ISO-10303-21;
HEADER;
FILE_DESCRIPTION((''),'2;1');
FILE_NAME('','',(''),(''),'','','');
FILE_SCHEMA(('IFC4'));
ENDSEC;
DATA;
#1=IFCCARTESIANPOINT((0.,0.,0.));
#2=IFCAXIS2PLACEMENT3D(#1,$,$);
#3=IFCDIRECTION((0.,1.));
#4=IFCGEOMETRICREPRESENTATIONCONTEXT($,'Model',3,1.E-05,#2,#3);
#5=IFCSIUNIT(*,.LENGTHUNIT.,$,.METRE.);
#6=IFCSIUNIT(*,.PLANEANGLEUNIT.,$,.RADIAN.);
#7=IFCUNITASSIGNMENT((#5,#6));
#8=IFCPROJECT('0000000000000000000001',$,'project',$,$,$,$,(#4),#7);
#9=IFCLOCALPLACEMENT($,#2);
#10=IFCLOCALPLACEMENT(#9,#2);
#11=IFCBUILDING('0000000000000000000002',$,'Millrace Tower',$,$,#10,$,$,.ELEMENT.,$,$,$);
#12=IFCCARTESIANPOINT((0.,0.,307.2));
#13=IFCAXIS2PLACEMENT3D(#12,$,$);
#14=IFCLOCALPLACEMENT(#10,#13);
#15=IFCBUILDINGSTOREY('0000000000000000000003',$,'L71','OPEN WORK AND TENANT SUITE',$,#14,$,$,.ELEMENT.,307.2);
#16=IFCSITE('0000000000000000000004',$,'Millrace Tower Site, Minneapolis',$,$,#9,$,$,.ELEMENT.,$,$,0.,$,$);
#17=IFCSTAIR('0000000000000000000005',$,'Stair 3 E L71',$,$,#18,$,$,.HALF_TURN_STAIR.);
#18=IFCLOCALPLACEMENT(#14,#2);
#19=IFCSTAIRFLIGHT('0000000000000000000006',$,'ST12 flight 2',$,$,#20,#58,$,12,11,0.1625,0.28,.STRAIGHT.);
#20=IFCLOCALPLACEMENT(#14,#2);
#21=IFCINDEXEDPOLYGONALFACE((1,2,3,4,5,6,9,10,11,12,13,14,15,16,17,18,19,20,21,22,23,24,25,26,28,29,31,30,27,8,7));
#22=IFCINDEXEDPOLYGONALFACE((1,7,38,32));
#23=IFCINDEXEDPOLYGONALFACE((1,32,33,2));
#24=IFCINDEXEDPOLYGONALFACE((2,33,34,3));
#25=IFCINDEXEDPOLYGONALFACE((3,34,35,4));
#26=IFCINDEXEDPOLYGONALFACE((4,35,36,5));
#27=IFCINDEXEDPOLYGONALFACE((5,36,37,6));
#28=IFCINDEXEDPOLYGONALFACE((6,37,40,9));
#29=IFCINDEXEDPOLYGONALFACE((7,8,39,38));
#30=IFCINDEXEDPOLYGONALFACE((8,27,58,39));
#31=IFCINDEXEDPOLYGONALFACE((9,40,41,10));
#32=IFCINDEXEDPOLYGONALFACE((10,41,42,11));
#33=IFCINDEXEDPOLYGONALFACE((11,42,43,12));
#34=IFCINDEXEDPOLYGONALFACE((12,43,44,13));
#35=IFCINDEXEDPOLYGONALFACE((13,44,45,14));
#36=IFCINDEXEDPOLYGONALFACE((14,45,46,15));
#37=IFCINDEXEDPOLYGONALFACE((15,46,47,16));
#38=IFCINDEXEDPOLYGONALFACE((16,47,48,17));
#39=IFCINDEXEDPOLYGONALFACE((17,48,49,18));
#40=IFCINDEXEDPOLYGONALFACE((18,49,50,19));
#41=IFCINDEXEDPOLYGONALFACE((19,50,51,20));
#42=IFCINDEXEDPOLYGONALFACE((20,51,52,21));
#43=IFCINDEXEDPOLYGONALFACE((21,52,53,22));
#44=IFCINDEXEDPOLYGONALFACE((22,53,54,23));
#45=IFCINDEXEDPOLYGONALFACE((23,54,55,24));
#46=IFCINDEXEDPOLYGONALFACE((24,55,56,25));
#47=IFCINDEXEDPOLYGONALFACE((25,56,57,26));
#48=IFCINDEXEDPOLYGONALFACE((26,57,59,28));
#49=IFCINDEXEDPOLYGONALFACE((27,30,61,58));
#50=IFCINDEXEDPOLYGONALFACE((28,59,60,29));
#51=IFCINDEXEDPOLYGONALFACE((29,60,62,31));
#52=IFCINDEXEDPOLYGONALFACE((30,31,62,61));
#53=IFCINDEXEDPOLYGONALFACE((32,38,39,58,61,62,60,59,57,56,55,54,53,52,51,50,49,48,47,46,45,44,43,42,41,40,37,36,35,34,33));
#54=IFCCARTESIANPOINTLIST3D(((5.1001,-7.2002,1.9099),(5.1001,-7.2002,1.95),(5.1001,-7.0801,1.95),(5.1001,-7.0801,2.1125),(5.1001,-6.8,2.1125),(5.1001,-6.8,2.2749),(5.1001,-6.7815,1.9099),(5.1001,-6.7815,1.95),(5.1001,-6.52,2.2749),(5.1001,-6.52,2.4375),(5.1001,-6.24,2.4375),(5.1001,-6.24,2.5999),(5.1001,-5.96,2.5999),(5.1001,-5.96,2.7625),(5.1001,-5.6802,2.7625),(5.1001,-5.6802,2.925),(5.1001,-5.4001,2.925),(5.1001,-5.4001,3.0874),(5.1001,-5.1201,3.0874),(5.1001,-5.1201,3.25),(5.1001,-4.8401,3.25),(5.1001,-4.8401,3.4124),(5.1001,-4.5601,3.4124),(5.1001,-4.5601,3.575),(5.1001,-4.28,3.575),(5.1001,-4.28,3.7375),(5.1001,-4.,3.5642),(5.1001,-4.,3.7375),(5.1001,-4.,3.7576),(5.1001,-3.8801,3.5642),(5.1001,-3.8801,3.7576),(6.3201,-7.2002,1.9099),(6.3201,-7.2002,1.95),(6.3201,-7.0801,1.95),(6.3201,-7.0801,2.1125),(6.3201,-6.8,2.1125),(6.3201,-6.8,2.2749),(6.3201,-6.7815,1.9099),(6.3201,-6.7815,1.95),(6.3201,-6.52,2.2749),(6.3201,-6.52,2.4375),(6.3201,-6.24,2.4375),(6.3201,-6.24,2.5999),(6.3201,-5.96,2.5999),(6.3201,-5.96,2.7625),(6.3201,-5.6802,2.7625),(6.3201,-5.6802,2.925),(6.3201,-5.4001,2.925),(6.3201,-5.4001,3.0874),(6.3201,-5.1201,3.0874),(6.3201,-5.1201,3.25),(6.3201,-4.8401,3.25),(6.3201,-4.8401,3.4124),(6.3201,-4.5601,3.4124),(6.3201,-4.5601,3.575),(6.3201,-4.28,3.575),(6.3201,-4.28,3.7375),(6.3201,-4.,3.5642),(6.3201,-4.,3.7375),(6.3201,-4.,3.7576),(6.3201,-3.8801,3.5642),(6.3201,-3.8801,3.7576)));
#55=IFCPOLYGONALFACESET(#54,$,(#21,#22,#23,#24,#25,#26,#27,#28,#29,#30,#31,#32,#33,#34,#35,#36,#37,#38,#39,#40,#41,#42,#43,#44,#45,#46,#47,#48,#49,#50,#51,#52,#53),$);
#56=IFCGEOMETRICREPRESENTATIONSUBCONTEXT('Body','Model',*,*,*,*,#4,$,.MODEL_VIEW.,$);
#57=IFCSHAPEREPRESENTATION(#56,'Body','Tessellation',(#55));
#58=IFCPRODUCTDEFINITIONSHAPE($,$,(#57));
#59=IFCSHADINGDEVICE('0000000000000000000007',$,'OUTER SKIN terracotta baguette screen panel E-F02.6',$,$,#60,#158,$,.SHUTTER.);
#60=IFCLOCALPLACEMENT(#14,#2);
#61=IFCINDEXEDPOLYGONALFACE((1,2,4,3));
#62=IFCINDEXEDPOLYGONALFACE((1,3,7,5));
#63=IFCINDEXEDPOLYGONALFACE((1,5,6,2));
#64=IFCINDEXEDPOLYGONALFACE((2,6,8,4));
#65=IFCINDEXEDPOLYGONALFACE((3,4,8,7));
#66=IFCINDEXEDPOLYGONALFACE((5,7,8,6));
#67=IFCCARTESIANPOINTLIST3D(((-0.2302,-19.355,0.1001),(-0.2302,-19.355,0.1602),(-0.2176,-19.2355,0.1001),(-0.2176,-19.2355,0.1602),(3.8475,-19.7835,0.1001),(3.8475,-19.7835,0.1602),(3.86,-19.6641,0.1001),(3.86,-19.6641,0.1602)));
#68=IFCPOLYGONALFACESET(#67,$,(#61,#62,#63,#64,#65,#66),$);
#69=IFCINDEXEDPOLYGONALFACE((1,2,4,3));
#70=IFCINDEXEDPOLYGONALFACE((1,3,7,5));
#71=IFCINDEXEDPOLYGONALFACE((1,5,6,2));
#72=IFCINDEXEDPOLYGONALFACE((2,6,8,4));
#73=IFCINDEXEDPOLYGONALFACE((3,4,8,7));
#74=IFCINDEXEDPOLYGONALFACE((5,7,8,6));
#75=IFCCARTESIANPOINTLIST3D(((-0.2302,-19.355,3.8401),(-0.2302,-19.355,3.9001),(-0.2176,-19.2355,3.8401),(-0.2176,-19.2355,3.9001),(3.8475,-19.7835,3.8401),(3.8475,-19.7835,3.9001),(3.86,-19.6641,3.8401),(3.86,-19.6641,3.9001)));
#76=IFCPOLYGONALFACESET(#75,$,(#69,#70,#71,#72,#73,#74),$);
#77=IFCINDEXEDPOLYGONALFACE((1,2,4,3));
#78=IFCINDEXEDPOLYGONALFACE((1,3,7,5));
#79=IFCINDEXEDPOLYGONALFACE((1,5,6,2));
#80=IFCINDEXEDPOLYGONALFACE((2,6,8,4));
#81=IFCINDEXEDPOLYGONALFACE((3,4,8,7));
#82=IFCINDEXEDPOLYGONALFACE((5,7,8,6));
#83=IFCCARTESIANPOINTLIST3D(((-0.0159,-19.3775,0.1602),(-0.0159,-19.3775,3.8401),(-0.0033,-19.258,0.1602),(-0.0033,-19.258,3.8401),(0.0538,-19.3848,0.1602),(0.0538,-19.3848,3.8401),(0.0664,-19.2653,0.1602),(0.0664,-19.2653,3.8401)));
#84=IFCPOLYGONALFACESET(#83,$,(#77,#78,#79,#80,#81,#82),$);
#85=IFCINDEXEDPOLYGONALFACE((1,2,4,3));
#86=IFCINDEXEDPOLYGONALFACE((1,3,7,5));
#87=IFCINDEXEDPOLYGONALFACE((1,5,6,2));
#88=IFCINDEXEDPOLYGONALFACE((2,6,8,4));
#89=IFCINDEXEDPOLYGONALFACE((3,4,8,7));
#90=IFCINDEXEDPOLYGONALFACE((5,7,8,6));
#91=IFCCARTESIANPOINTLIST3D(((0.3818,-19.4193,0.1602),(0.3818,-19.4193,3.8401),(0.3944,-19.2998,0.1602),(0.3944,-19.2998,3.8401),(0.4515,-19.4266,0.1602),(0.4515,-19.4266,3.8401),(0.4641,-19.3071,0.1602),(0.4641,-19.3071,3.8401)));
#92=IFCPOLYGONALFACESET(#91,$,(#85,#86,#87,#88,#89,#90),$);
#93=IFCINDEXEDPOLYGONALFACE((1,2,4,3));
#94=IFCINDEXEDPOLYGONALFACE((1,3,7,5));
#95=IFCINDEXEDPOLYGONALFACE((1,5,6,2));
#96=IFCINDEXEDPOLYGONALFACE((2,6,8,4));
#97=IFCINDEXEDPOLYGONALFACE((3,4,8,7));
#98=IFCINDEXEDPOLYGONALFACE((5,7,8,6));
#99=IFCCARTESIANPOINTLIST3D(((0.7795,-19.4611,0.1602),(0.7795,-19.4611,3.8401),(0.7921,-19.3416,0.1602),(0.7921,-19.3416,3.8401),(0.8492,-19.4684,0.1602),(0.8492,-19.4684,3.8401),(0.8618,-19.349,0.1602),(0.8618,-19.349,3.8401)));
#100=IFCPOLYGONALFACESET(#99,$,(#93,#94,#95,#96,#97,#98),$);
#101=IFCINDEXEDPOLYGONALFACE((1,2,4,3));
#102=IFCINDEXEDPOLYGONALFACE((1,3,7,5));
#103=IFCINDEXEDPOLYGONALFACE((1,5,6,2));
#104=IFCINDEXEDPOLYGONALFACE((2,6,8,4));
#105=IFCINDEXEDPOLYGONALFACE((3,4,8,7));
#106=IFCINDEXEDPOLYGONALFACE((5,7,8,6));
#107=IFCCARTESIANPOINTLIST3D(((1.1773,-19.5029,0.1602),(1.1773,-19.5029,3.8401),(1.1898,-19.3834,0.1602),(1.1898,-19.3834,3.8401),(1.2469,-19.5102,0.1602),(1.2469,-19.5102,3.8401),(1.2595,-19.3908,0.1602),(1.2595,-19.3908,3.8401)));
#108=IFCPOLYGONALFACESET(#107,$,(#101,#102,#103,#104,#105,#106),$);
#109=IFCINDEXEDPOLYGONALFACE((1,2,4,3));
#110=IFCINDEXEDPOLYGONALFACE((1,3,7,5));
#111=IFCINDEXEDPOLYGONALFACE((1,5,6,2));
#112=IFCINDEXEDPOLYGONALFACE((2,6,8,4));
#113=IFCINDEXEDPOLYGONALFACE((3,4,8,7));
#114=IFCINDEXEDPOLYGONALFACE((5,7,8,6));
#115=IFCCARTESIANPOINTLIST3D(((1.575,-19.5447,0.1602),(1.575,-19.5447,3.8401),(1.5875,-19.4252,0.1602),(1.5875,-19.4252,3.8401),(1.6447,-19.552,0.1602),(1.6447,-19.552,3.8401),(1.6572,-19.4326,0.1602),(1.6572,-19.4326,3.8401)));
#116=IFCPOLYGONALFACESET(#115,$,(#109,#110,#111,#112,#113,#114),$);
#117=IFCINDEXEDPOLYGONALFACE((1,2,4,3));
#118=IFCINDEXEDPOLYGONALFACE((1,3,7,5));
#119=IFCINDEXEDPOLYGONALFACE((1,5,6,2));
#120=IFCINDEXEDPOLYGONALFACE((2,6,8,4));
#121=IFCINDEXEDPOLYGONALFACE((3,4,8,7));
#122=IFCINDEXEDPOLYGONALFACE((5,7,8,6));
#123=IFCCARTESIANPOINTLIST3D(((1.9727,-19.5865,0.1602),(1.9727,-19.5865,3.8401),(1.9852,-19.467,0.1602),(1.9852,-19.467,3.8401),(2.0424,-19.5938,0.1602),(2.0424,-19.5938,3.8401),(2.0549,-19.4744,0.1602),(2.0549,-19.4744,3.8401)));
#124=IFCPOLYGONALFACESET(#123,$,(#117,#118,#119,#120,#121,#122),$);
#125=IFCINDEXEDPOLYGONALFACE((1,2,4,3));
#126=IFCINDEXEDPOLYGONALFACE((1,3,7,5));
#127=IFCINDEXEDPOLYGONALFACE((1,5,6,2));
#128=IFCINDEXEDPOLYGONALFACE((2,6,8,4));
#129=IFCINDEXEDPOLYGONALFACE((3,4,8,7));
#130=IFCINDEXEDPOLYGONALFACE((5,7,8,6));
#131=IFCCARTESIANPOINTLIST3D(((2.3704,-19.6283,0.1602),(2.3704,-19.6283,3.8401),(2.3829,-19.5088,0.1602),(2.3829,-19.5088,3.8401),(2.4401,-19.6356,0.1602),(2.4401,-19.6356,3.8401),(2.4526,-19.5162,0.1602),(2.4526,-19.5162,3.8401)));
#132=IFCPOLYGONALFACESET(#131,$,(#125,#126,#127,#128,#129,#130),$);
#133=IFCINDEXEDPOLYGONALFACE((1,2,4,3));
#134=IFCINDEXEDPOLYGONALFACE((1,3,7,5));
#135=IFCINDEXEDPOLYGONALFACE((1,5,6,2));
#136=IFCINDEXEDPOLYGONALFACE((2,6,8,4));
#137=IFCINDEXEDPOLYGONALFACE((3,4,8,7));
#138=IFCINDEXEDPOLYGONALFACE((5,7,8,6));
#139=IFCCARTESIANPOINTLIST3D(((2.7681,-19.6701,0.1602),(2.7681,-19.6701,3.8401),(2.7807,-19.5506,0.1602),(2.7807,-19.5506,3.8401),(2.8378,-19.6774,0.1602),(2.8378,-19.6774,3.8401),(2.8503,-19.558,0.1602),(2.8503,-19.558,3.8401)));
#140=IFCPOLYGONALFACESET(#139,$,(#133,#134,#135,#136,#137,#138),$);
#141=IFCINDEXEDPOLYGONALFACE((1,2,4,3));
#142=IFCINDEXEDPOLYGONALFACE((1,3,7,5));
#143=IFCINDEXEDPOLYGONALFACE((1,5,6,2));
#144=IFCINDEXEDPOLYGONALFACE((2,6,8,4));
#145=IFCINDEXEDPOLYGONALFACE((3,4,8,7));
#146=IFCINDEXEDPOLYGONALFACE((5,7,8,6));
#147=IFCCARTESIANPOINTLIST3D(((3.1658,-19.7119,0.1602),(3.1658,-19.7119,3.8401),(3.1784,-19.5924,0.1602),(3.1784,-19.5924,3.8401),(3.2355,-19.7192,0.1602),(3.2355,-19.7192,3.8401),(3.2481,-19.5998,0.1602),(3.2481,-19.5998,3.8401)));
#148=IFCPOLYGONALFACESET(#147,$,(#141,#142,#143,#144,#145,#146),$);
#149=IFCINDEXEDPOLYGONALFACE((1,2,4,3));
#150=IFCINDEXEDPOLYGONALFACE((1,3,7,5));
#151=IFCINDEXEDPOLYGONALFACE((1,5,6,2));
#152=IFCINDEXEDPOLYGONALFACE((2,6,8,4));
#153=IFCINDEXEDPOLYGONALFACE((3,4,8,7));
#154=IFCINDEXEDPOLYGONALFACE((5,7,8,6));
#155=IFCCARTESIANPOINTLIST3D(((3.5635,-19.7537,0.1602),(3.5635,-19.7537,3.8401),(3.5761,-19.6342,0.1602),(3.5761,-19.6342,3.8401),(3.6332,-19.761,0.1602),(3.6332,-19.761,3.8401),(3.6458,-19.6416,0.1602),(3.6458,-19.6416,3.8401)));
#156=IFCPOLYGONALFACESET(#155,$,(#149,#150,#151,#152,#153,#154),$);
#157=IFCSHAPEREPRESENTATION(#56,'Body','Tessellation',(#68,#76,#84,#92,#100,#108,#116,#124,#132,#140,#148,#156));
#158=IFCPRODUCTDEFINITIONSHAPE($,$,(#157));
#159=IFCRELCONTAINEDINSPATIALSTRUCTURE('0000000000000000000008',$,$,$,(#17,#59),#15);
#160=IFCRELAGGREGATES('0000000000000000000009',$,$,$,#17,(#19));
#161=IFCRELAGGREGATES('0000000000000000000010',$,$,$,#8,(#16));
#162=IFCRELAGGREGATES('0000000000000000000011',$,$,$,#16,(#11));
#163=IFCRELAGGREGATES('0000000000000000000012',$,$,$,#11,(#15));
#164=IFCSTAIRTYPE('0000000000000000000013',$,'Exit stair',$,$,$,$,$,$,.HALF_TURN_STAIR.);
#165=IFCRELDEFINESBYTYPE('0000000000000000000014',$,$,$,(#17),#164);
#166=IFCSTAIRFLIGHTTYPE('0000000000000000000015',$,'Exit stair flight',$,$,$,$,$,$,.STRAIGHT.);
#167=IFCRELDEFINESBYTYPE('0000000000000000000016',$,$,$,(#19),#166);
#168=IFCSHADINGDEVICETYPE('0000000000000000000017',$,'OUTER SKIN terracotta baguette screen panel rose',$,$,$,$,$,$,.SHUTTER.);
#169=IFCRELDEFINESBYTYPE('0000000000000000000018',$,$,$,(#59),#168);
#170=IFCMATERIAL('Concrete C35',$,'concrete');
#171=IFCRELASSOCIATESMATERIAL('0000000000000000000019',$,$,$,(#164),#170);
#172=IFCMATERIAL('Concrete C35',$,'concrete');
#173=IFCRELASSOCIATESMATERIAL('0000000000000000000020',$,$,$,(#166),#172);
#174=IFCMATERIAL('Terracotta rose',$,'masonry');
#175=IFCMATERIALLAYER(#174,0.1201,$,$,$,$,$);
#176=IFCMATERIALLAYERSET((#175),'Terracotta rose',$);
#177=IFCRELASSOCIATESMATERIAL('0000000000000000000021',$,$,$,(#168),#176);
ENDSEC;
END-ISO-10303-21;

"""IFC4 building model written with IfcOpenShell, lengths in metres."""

from ifc_helpers import new_model, entity, si_unit, direction, frame, frame_2d, origin, place, context, subcontext, project, spatial, polyline, rectangle, outline, extrude, source, transform, mapped, material, layer, layer_set, type_object, element, aggregate, save


model = new_model("IFC4")

# Units and contexts
model_context = context("Model", 3, precision=1e-05, world=origin(), true_north=direction((0.0, 1.0)))
body_context = subcontext(model_context, "Body", "Model", "MODEL_VIEW")
ifc_project = project(units=[si_unit("LENGTHUNIT", "METRE"), si_unit("PLANEANGLEUNIT", "RADIAN")], contexts=[model_context])

# Site, building, storey
site_placement = place(None, origin())
site = spatial("IfcSite", under=ifc_project, at=site_placement, Name="Millrace Tower Site, Minneapolis", CompositionType="ELEMENT", RefElevation=0.0)
building_placement = place(site_placement, origin())
building = spatial("IfcBuilding", under=site, at=building_placement, Name="Millrace Tower", CompositionType="ELEMENT")
storey_placement = place(building_placement, frame((0.0, 0.0, 307.2)))
storey = spatial("IfcBuildingStorey", under=building, at=storey_placement, Name="L71", Description="OPEN WORK AND TENANT SUITE", CompositionType="ELEMENT", Elevation=307.2)

# Shared definitions
placement = place(storey_placement, origin())

# Stair, stair flight
ifc_material_1 = material(Name="Concrete C35", Category="concrete")
stair_type = type_object("IfcStairType", Name="Exit stair", PredefinedType="HALF_TURN_STAIR", material=ifc_material_1)
ifc_material_2 = material(Name="Concrete C35", Category="concrete")
stair_flight_type = type_object("IfcStairFlightType", Name="Exit stair flight", PredefinedType="STRAIGHT", material=ifc_material_2)
stair_1 = element("IfcStair", 1, at=placement, inside=storey, type_object=stair_type, Name="Stair 3 E L71", PredefinedType="HALF_TURN_STAIR")
stair_flight_1_placement = place(storey_placement, frame((5.71, -7.0801, 1.95), z_axis=(0.0, 0.0, 1.0), x_axis=(0.0, 1.0, 0.0)))
stair_flight_1 = element("IfcStairFlight", 2, at=stair_flight_1_placement, type_object=stair_flight_type, Name="ST12 flight 2", NumberOfRisers=12, NumberOfTreads=11, PredefinedType="STRAIGHT", RiserHeight=0.1625, TreadLength=0.28, context=body_context, shape_type="SweptSolid", body=[
    extrude(outline(polyline([(-0.1201, -0.04), (-0.1201, 0.0), (0.0, 0.0), (0.0, 0.1626), (0.28, 0.1626), (0.28, 0.325), (0.5601, 0.325), (0.5601, 0.4875), (0.8401, 0.4875), (0.8401, 0.6499), (1.1201, 0.6499), (1.1201, 0.8125), (1.3999, 0.8125), (1.3999, 0.9751), (1.6799, 0.9751), (1.6799, 1.1375), (1.96, 1.1375), (1.96, 1.3), (2.24, 1.3), (2.24, 1.4624), (2.52, 1.4624), (2.52, 1.625), (2.8, 1.625), (2.8, 1.7876), (3.0801, 1.7876), (3.0801, 1.8076), (3.2, 1.8076), (3.2, 1.6143), (3.0801, 1.6143), (0.2986, 0.0), (0.2986, -0.04), (-0.1201, -0.04)])), frame((0.0, 0.6099, 0.0), z_axis=(0.0, -1.0, 0.0), x_axis=(1.0, 0.0, 0.0)), (0.0, 0.0, 1.0), 1.22),
])
aggregate(stair_1, [stair_flight_1])

# Shading device
ifc_material_3 = material(Name="Terracotta rose", Category="masonry")
ifc_layer_1 = layer(ifc_material_3, 0.1201)
ifc_layer_set_1 = layer_set([ifc_layer_1], Name="Terracotta rose")
shading_device_type = type_object("IfcShadingDeviceType", Name="OUTER SKIN terracotta baguette screen panel rose", PredefinedType="SHUTTER", material=ifc_layer_set_1)
cartesian_point = entity("IfcCartesianPoint", [-2.05, 0.0601])
shared_polyline = entity("IfcPolyline", [cartesian_point, entity("IfcCartesianPoint", [2.05, 0.0601]), entity("IfcCartesianPoint", [2.05, -0.0601]), entity("IfcCartesianPoint", [-2.05, -0.0601]), cartesian_point])
shared_shape = source(origin(), body_context, "Body", "SweptSolid", [
    entity("IfcExtrudedAreaSolid", entity("IfcArbitraryClosedProfileDef", "AREA", None, shared_polyline), entity("IfcAxis2Placement3D", entity("IfcCartesianPoint", [0.0, 0.0, 0.0])), entity("IfcDirection", [0.0, 0.0, 1.0]), 0.0601),
    entity("IfcExtrudedAreaSolid", entity("IfcArbitraryClosedProfileDef", "AREA", None, shared_polyline), entity("IfcAxis2Placement3D", entity("IfcCartesianPoint", [0.0, 0.0, 3.74])), entity("IfcDirection", [0.0, 0.0, 1.0]), 0.0601),
    extrude(rectangle(XDim=0.0701, YDim=0.1201, at=frame_2d((-1.7996, 0.0))), frame((0.0, 0.0, 0.0601)), (0.0, 0.0, 1.0), 3.6799),
    extrude(rectangle(XDim=0.0701, YDim=0.1201, at=frame_2d((-1.3997, 0.0))), frame((0.0, 0.0, 0.0601)), (0.0, 0.0, 1.0), 3.6799),
    extrude(rectangle(XDim=0.0701, YDim=0.1201, at=frame_2d((-0.9998, 0.0))), frame((0.0, 0.0, 0.0601)), (0.0, 0.0, 1.0), 3.6799),
    extrude(rectangle(XDim=0.0701, YDim=0.1201, at=frame_2d((-0.5999, 0.0))), frame((0.0, 0.0, 0.0601)), (0.0, 0.0, 1.0), 3.6799),
    extrude(rectangle(XDim=0.0701, YDim=0.1201, at=frame_2d((-0.2, 0.0))), frame((0.0, 0.0, 0.0601)), (0.0, 0.0, 1.0), 3.6799),
    extrude(rectangle(XDim=0.0701, YDim=0.1201, at=frame_2d((0.2, 0.0))), frame((0.0, 0.0, 0.0601)), (0.0, 0.0, 1.0), 3.6799),
    extrude(rectangle(XDim=0.0701, YDim=0.1201, at=frame_2d((0.5999, 0.0))), frame((0.0, 0.0, 0.0601)), (0.0, 0.0, 1.0), 3.6799),
    extrude(rectangle(XDim=0.0701, YDim=0.1201, at=frame_2d((0.9998, 0.0))), frame((0.0, 0.0, 0.0601)), (0.0, 0.0, 1.0), 3.6799),
    extrude(rectangle(XDim=0.0701, YDim=0.1201, at=frame_2d((1.3997, 0.0))), frame((0.0, 0.0, 0.0601)), (0.0, 0.0, 1.0), 3.6799),
    extrude(rectangle(XDim=0.0701, YDim=0.1201, at=frame_2d((1.7996, 0.0))), frame((0.0, 0.0, 0.0601)), (0.0, 0.0, 1.0), 3.6799),
])
for number, where, z_axis, x_axis, name in (
    (3, (1.8149, -19.5095, 0.1001), (0.0, 0.0, 1.0), (0.994522, -0.104528, 0.0), "OUTER SKIN terracotta baguette screen panel E-F02.6"),
):
    element("IfcShadingDevice", number, at=place(storey_placement, frame(where, z_axis=z_axis, x_axis=x_axis)), inside=storey, type_object=shading_device_type, Name=name, PredefinedType="SHUTTER", context=body_context, shape_type="MappedRepresentation", body=[
        mapped(shared_shape, transform((0.0, 0.0, 0.0), scale=1.0)),
    ])

save(model, "model.ifc")
